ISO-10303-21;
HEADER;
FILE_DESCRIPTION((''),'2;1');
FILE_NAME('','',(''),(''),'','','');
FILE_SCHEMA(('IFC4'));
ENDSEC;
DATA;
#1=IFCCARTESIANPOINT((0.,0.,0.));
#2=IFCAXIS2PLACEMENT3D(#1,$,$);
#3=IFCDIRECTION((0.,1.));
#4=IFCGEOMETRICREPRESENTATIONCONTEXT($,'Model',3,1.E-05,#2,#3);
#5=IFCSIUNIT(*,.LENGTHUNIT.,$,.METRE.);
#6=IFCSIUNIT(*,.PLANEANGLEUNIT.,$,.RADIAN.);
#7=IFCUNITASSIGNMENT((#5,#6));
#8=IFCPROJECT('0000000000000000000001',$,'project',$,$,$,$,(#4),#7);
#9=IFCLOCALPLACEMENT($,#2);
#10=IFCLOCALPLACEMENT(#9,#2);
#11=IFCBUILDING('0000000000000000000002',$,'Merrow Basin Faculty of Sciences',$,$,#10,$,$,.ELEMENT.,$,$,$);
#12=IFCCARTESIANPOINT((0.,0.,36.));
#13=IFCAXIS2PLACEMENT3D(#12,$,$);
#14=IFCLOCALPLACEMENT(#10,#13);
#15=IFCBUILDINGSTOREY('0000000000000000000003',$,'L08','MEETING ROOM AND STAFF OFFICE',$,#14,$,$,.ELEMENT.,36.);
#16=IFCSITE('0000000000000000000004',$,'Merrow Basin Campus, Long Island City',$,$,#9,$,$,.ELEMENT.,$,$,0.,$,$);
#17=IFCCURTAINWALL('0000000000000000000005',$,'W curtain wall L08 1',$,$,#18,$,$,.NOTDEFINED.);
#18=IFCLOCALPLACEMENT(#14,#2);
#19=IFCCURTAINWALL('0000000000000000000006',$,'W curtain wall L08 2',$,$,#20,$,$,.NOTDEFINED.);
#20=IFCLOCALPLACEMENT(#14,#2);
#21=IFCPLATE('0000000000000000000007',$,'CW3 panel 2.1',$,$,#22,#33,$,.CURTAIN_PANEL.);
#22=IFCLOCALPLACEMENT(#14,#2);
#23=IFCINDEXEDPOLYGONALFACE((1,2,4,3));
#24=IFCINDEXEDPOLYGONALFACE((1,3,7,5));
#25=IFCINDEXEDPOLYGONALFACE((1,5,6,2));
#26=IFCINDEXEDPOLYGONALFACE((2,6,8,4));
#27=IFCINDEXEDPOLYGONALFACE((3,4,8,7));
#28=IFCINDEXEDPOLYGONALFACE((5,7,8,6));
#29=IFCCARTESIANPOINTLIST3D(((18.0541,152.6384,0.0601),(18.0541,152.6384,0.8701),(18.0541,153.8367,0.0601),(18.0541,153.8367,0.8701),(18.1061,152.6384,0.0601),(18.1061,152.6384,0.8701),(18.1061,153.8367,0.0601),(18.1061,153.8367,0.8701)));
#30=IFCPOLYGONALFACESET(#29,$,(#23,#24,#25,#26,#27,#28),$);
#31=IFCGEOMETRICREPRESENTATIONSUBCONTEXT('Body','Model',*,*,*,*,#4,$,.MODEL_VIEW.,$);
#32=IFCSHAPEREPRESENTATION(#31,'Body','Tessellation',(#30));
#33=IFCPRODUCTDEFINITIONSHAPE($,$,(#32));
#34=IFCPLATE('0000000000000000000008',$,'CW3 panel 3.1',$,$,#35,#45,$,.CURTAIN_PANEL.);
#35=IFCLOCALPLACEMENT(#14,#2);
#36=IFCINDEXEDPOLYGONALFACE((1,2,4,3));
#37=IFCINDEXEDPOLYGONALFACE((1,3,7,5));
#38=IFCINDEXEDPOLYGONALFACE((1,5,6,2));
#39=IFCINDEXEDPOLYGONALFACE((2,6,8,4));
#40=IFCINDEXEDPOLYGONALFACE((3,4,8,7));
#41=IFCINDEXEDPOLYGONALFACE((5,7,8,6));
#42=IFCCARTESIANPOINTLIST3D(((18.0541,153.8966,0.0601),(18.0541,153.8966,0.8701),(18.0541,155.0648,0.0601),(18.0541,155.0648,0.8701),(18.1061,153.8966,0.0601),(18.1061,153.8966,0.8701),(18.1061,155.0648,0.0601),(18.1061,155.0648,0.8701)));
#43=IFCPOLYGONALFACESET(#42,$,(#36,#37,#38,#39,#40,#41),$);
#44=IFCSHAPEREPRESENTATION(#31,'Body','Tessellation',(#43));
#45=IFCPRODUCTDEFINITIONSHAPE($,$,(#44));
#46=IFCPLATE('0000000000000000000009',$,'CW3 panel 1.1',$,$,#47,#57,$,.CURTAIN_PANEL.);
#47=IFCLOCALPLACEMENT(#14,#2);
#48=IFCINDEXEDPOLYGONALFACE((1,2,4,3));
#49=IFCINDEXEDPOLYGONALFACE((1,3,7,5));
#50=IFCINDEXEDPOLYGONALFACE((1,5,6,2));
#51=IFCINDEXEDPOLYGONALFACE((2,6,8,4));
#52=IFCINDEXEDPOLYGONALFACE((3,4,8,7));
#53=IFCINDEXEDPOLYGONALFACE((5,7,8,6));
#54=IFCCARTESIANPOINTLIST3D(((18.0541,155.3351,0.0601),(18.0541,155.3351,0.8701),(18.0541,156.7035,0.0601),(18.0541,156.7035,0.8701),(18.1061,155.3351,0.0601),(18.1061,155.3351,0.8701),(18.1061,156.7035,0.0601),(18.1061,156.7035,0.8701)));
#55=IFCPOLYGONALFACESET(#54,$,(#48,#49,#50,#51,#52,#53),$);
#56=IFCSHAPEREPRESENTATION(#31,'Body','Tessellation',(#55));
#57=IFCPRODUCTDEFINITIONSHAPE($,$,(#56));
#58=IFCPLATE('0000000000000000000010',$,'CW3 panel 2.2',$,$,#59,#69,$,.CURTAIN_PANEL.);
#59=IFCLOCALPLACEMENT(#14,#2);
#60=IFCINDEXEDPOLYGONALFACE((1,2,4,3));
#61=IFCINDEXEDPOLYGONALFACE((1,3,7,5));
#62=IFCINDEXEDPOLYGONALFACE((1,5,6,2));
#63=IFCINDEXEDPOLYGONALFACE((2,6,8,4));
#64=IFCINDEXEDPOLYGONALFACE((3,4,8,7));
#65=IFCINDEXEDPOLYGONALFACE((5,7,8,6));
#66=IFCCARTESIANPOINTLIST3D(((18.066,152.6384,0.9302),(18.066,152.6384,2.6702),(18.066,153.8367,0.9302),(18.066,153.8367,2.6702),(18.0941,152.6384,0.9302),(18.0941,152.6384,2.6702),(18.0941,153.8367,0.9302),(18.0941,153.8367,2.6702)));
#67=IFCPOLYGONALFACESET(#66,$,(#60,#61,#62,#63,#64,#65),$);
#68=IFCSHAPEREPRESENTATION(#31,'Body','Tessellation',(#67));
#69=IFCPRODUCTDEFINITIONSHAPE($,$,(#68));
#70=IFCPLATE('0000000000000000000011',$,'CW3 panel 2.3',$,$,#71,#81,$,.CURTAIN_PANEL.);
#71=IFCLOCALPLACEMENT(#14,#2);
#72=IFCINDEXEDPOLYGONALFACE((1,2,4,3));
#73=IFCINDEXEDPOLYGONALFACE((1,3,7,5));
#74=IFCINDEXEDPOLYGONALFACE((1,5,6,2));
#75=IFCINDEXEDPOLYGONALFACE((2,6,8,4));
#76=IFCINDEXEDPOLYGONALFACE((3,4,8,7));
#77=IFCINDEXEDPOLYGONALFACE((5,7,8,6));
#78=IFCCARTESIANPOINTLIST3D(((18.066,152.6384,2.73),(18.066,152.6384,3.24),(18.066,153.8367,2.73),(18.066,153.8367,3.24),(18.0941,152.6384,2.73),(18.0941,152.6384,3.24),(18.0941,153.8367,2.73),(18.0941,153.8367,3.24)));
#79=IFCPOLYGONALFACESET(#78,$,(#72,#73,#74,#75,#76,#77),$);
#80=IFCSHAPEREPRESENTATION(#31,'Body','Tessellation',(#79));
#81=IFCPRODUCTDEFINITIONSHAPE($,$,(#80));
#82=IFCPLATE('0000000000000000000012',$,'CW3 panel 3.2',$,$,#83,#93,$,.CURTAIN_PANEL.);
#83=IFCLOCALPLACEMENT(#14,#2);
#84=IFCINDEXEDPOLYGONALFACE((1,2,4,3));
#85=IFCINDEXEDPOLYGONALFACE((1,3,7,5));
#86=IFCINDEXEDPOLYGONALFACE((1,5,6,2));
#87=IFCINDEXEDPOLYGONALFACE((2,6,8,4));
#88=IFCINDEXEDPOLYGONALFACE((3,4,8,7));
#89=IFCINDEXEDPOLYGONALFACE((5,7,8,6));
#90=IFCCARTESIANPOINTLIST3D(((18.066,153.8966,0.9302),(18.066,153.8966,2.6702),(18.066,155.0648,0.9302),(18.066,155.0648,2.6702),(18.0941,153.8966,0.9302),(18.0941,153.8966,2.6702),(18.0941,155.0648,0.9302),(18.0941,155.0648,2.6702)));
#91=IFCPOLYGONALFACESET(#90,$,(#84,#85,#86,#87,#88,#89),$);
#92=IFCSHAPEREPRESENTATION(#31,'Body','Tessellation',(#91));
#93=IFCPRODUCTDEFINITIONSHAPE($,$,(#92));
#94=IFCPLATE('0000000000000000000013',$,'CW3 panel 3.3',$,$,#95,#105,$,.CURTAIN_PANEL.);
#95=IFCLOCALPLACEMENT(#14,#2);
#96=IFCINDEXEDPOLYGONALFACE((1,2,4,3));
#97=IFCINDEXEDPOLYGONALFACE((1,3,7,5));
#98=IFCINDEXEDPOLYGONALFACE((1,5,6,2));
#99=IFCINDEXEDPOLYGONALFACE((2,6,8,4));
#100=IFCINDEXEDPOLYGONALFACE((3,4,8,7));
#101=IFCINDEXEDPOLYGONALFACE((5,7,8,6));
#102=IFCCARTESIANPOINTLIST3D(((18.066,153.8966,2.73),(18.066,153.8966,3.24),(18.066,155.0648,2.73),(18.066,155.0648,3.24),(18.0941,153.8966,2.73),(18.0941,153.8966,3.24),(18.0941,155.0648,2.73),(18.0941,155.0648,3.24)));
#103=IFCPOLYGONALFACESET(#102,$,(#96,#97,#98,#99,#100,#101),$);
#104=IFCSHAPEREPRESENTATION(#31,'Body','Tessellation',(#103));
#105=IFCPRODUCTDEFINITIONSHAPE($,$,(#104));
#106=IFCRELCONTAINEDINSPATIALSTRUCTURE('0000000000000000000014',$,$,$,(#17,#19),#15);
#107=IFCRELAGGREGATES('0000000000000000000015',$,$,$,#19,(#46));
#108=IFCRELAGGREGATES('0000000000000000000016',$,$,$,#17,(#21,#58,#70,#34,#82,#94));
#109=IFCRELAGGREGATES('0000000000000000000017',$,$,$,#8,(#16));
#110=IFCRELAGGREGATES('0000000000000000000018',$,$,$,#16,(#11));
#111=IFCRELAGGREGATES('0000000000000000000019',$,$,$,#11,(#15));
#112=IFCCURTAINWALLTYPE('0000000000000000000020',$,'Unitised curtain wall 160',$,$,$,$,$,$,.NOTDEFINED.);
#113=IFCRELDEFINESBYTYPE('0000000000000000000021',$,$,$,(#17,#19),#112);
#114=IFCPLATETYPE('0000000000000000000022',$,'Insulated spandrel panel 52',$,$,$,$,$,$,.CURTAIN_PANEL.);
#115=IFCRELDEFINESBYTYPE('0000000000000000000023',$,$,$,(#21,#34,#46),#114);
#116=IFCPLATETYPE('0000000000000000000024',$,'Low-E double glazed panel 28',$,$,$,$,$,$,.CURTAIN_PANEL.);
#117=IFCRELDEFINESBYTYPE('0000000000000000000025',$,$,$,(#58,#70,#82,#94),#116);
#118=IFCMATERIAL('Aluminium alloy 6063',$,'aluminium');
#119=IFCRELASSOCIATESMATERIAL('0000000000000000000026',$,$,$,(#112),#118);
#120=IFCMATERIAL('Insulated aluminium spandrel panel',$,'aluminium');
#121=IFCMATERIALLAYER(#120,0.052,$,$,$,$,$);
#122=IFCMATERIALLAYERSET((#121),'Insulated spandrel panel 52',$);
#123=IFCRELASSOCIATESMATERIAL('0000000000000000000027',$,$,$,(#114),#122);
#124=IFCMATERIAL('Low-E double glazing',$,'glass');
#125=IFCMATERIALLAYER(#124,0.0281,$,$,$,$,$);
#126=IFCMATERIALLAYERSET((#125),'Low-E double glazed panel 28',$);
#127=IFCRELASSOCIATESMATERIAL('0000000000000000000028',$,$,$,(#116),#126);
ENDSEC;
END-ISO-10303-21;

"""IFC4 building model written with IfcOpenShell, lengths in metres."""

from ifc_helpers import new_model, si_unit, direction, frame, origin, origin_2d, place, context, subcontext, project, spatial, rectangle, extrude, material, layer, layer_set, type_object, element, aggregate, save


model = new_model("IFC4")

# Units and contexts
model_context = context("Model", 3, precision=1e-05, world=origin(), true_north=direction((0.0, 1.0)))
body_context = subcontext(model_context, "Body", "Model", "MODEL_VIEW")
ifc_project = project(units=[si_unit("LENGTHUNIT", "METRE"), si_unit("PLANEANGLEUNIT", "RADIAN")], contexts=[model_context])

# Site, building, storey
site_placement = place(None, origin())
site = spatial("IfcSite", under=ifc_project, at=site_placement, Name="Merrow Basin Campus, Long Island City", CompositionType="ELEMENT", RefElevation=0.0)
building_placement = place(site_placement, origin())
building = spatial("IfcBuilding", under=site, at=building_placement, Name="Merrow Basin Faculty of Sciences", CompositionType="ELEMENT")
storey_placement = place(building_placement, frame((0.0, 0.0, 36.0)))
storey = spatial("IfcBuildingStorey", under=building, at=storey_placement, Name="L08", Description="MEETING ROOM AND STAFF OFFICE", CompositionType="ELEMENT", Elevation=36.0)

# Curtain wall
ifc_material_1 = material(Name="Aluminium alloy 6063", Category="aluminium")
curtain_wall_type = type_object("IfcCurtainWallType", Name="Unitised curtain wall 160", PredefinedType="NOTDEFINED", material=ifc_material_1)
curtain_wall_1_placement = place(storey_placement, origin())
curtain_wall_1 = element("IfcCurtainWall", 1, at=curtain_wall_1_placement, inside=storey, type_object=curtain_wall_type, Name="W curtain wall L08 1", PredefinedType="NOTDEFINED")

# Curtain wall
curtain_wall_2_placement = place(storey_placement, origin())
curtain_wall_2 = element("IfcCurtainWall", 2, at=curtain_wall_2_placement, inside=storey, type_object=curtain_wall_type, Name="W curtain wall L08 2", PredefinedType="NOTDEFINED")

# Plates
ifc_material_2 = material(Name="Insulated aluminium spandrel panel", Category="aluminium")
ifc_layer_1 = layer(ifc_material_2, 0.052)
ifc_layer_set_1 = layer_set([ifc_layer_1], Name="Insulated spandrel panel 52")
plate_type_1 = type_object("IfcPlateType", Name="Insulated spandrel panel 52", PredefinedType="CURTAIN_PANEL", material=ifc_layer_set_1)
plate_1_placement = place(storey_placement, frame((18.0801, 153.2375, 0.0601), z_axis=(0.0, 0.0, 1.0), x_axis=(0.0, 1.0, 0.0)))
plate_1 = element("IfcPlate", 3, at=plate_1_placement, type_object=plate_type_1, Name="CW3 panel 2.1", PredefinedType="CURTAIN_PANEL", context=body_context, shape_type="SweptSolid", body=[
    extrude(rectangle(XDim=1.1982, YDim=0.052, at=origin_2d()), origin(), (0.0, 0.0, 1.0), 0.8101),
])
plate_2_placement = place(storey_placement, frame((18.0801, 154.4807, 0.0601), z_axis=(0.0, 0.0, 1.0), x_axis=(0.0, 1.0, 0.0)))
plate_2 = element("IfcPlate", 4, at=plate_2_placement, type_object=plate_type_1, Name="CW3 panel 3.1", PredefinedType="CURTAIN_PANEL", context=body_context, shape_type="SweptSolid", body=[
    extrude(rectangle(XDim=1.1682, YDim=0.052, at=origin_2d()), origin(), (0.0, 0.0, 1.0), 0.8101),
])
plate_3_placement = place(storey_placement, frame((18.0801, 156.0193, 0.0601), z_axis=(0.0, 0.0, 1.0), x_axis=(0.0, 1.0, 0.0)))
plate_3 = element("IfcPlate", 5, at=plate_3_placement, type_object=plate_type_1, Name="CW3 panel 1.1", PredefinedType="CURTAIN_PANEL", context=body_context, shape_type="SweptSolid", body=[
    extrude(rectangle(XDim=1.3684, YDim=0.052, at=origin_2d()), origin(), (0.0, 0.0, 1.0), 0.8101),
])
aggregate(curtain_wall_2, [plate_3])
ifc_material_3 = material(Name="Low-E double glazing", Category="glass")
ifc_layer_2 = layer(ifc_material_3, 0.0281)
ifc_layer_set_2 = layer_set([ifc_layer_2], Name="Low-E double glazed panel 28")
plate_type_2 = type_object("IfcPlateType", Name="Low-E double glazed panel 28", PredefinedType="CURTAIN_PANEL", material=ifc_layer_set_2)
plate_4_placement = place(storey_placement, frame((18.0801, 153.2375, 0.9302), z_axis=(0.0, 0.0, 1.0), x_axis=(0.0, 1.0, 0.0)))
plate_4 = element("IfcPlate", 6, at=plate_4_placement, type_object=plate_type_2, Name="CW3 panel 2.2", PredefinedType="CURTAIN_PANEL", context=body_context, shape_type="SweptSolid", body=[
    extrude(rectangle(XDim=1.1982, YDim=0.0281, at=origin_2d()), origin(), (0.0, 0.0, 1.0), 1.74),
])
plate_5_placement = place(storey_placement, frame((18.0801, 153.2375, 2.73), z_axis=(0.0, 0.0, 1.0), x_axis=(0.0, 1.0, 0.0)))
plate_5 = element("IfcPlate", 7, at=plate_5_placement, type_object=plate_type_2, Name="CW3 panel 2.3", PredefinedType="CURTAIN_PANEL", context=body_context, shape_type="SweptSolid", body=[
    extrude(rectangle(XDim=1.1982, YDim=0.0281, at=origin_2d()), origin(), (0.0, 0.0, 1.0), 0.51),
])
plate_6_placement = place(storey_placement, frame((18.0801, 154.4807, 0.9302), z_axis=(0.0, 0.0, 1.0), x_axis=(0.0, 1.0, 0.0)))
plate_6 = element("IfcPlate", 8, at=plate_6_placement, type_object=plate_type_2, Name="CW3 panel 3.2", PredefinedType="CURTAIN_PANEL", context=body_context, shape_type="SweptSolid", body=[
    extrude(rectangle(XDim=1.1682, YDim=0.0281, at=origin_2d()), origin(), (0.0, 0.0, 1.0), 1.74),
])
plate_7_placement = place(storey_placement, frame((18.0801, 154.4807, 2.73), z_axis=(0.0, 0.0, 1.0), x_axis=(0.0, 1.0, 0.0)))
plate_7 = element("IfcPlate", 9, at=plate_7_placement, type_object=plate_type_2, Name="CW3 panel 3.3", PredefinedType="CURTAIN_PANEL", context=body_context, shape_type="SweptSolid", body=[
    extrude(rectangle(XDim=1.1682, YDim=0.0281, at=origin_2d()), origin(), (0.0, 0.0, 1.0), 0.51),
])
aggregate(curtain_wall_1, [plate_1, plate_4, plate_5, plate_2, plate_6, plate_7])

save(model, "model.ifc")
